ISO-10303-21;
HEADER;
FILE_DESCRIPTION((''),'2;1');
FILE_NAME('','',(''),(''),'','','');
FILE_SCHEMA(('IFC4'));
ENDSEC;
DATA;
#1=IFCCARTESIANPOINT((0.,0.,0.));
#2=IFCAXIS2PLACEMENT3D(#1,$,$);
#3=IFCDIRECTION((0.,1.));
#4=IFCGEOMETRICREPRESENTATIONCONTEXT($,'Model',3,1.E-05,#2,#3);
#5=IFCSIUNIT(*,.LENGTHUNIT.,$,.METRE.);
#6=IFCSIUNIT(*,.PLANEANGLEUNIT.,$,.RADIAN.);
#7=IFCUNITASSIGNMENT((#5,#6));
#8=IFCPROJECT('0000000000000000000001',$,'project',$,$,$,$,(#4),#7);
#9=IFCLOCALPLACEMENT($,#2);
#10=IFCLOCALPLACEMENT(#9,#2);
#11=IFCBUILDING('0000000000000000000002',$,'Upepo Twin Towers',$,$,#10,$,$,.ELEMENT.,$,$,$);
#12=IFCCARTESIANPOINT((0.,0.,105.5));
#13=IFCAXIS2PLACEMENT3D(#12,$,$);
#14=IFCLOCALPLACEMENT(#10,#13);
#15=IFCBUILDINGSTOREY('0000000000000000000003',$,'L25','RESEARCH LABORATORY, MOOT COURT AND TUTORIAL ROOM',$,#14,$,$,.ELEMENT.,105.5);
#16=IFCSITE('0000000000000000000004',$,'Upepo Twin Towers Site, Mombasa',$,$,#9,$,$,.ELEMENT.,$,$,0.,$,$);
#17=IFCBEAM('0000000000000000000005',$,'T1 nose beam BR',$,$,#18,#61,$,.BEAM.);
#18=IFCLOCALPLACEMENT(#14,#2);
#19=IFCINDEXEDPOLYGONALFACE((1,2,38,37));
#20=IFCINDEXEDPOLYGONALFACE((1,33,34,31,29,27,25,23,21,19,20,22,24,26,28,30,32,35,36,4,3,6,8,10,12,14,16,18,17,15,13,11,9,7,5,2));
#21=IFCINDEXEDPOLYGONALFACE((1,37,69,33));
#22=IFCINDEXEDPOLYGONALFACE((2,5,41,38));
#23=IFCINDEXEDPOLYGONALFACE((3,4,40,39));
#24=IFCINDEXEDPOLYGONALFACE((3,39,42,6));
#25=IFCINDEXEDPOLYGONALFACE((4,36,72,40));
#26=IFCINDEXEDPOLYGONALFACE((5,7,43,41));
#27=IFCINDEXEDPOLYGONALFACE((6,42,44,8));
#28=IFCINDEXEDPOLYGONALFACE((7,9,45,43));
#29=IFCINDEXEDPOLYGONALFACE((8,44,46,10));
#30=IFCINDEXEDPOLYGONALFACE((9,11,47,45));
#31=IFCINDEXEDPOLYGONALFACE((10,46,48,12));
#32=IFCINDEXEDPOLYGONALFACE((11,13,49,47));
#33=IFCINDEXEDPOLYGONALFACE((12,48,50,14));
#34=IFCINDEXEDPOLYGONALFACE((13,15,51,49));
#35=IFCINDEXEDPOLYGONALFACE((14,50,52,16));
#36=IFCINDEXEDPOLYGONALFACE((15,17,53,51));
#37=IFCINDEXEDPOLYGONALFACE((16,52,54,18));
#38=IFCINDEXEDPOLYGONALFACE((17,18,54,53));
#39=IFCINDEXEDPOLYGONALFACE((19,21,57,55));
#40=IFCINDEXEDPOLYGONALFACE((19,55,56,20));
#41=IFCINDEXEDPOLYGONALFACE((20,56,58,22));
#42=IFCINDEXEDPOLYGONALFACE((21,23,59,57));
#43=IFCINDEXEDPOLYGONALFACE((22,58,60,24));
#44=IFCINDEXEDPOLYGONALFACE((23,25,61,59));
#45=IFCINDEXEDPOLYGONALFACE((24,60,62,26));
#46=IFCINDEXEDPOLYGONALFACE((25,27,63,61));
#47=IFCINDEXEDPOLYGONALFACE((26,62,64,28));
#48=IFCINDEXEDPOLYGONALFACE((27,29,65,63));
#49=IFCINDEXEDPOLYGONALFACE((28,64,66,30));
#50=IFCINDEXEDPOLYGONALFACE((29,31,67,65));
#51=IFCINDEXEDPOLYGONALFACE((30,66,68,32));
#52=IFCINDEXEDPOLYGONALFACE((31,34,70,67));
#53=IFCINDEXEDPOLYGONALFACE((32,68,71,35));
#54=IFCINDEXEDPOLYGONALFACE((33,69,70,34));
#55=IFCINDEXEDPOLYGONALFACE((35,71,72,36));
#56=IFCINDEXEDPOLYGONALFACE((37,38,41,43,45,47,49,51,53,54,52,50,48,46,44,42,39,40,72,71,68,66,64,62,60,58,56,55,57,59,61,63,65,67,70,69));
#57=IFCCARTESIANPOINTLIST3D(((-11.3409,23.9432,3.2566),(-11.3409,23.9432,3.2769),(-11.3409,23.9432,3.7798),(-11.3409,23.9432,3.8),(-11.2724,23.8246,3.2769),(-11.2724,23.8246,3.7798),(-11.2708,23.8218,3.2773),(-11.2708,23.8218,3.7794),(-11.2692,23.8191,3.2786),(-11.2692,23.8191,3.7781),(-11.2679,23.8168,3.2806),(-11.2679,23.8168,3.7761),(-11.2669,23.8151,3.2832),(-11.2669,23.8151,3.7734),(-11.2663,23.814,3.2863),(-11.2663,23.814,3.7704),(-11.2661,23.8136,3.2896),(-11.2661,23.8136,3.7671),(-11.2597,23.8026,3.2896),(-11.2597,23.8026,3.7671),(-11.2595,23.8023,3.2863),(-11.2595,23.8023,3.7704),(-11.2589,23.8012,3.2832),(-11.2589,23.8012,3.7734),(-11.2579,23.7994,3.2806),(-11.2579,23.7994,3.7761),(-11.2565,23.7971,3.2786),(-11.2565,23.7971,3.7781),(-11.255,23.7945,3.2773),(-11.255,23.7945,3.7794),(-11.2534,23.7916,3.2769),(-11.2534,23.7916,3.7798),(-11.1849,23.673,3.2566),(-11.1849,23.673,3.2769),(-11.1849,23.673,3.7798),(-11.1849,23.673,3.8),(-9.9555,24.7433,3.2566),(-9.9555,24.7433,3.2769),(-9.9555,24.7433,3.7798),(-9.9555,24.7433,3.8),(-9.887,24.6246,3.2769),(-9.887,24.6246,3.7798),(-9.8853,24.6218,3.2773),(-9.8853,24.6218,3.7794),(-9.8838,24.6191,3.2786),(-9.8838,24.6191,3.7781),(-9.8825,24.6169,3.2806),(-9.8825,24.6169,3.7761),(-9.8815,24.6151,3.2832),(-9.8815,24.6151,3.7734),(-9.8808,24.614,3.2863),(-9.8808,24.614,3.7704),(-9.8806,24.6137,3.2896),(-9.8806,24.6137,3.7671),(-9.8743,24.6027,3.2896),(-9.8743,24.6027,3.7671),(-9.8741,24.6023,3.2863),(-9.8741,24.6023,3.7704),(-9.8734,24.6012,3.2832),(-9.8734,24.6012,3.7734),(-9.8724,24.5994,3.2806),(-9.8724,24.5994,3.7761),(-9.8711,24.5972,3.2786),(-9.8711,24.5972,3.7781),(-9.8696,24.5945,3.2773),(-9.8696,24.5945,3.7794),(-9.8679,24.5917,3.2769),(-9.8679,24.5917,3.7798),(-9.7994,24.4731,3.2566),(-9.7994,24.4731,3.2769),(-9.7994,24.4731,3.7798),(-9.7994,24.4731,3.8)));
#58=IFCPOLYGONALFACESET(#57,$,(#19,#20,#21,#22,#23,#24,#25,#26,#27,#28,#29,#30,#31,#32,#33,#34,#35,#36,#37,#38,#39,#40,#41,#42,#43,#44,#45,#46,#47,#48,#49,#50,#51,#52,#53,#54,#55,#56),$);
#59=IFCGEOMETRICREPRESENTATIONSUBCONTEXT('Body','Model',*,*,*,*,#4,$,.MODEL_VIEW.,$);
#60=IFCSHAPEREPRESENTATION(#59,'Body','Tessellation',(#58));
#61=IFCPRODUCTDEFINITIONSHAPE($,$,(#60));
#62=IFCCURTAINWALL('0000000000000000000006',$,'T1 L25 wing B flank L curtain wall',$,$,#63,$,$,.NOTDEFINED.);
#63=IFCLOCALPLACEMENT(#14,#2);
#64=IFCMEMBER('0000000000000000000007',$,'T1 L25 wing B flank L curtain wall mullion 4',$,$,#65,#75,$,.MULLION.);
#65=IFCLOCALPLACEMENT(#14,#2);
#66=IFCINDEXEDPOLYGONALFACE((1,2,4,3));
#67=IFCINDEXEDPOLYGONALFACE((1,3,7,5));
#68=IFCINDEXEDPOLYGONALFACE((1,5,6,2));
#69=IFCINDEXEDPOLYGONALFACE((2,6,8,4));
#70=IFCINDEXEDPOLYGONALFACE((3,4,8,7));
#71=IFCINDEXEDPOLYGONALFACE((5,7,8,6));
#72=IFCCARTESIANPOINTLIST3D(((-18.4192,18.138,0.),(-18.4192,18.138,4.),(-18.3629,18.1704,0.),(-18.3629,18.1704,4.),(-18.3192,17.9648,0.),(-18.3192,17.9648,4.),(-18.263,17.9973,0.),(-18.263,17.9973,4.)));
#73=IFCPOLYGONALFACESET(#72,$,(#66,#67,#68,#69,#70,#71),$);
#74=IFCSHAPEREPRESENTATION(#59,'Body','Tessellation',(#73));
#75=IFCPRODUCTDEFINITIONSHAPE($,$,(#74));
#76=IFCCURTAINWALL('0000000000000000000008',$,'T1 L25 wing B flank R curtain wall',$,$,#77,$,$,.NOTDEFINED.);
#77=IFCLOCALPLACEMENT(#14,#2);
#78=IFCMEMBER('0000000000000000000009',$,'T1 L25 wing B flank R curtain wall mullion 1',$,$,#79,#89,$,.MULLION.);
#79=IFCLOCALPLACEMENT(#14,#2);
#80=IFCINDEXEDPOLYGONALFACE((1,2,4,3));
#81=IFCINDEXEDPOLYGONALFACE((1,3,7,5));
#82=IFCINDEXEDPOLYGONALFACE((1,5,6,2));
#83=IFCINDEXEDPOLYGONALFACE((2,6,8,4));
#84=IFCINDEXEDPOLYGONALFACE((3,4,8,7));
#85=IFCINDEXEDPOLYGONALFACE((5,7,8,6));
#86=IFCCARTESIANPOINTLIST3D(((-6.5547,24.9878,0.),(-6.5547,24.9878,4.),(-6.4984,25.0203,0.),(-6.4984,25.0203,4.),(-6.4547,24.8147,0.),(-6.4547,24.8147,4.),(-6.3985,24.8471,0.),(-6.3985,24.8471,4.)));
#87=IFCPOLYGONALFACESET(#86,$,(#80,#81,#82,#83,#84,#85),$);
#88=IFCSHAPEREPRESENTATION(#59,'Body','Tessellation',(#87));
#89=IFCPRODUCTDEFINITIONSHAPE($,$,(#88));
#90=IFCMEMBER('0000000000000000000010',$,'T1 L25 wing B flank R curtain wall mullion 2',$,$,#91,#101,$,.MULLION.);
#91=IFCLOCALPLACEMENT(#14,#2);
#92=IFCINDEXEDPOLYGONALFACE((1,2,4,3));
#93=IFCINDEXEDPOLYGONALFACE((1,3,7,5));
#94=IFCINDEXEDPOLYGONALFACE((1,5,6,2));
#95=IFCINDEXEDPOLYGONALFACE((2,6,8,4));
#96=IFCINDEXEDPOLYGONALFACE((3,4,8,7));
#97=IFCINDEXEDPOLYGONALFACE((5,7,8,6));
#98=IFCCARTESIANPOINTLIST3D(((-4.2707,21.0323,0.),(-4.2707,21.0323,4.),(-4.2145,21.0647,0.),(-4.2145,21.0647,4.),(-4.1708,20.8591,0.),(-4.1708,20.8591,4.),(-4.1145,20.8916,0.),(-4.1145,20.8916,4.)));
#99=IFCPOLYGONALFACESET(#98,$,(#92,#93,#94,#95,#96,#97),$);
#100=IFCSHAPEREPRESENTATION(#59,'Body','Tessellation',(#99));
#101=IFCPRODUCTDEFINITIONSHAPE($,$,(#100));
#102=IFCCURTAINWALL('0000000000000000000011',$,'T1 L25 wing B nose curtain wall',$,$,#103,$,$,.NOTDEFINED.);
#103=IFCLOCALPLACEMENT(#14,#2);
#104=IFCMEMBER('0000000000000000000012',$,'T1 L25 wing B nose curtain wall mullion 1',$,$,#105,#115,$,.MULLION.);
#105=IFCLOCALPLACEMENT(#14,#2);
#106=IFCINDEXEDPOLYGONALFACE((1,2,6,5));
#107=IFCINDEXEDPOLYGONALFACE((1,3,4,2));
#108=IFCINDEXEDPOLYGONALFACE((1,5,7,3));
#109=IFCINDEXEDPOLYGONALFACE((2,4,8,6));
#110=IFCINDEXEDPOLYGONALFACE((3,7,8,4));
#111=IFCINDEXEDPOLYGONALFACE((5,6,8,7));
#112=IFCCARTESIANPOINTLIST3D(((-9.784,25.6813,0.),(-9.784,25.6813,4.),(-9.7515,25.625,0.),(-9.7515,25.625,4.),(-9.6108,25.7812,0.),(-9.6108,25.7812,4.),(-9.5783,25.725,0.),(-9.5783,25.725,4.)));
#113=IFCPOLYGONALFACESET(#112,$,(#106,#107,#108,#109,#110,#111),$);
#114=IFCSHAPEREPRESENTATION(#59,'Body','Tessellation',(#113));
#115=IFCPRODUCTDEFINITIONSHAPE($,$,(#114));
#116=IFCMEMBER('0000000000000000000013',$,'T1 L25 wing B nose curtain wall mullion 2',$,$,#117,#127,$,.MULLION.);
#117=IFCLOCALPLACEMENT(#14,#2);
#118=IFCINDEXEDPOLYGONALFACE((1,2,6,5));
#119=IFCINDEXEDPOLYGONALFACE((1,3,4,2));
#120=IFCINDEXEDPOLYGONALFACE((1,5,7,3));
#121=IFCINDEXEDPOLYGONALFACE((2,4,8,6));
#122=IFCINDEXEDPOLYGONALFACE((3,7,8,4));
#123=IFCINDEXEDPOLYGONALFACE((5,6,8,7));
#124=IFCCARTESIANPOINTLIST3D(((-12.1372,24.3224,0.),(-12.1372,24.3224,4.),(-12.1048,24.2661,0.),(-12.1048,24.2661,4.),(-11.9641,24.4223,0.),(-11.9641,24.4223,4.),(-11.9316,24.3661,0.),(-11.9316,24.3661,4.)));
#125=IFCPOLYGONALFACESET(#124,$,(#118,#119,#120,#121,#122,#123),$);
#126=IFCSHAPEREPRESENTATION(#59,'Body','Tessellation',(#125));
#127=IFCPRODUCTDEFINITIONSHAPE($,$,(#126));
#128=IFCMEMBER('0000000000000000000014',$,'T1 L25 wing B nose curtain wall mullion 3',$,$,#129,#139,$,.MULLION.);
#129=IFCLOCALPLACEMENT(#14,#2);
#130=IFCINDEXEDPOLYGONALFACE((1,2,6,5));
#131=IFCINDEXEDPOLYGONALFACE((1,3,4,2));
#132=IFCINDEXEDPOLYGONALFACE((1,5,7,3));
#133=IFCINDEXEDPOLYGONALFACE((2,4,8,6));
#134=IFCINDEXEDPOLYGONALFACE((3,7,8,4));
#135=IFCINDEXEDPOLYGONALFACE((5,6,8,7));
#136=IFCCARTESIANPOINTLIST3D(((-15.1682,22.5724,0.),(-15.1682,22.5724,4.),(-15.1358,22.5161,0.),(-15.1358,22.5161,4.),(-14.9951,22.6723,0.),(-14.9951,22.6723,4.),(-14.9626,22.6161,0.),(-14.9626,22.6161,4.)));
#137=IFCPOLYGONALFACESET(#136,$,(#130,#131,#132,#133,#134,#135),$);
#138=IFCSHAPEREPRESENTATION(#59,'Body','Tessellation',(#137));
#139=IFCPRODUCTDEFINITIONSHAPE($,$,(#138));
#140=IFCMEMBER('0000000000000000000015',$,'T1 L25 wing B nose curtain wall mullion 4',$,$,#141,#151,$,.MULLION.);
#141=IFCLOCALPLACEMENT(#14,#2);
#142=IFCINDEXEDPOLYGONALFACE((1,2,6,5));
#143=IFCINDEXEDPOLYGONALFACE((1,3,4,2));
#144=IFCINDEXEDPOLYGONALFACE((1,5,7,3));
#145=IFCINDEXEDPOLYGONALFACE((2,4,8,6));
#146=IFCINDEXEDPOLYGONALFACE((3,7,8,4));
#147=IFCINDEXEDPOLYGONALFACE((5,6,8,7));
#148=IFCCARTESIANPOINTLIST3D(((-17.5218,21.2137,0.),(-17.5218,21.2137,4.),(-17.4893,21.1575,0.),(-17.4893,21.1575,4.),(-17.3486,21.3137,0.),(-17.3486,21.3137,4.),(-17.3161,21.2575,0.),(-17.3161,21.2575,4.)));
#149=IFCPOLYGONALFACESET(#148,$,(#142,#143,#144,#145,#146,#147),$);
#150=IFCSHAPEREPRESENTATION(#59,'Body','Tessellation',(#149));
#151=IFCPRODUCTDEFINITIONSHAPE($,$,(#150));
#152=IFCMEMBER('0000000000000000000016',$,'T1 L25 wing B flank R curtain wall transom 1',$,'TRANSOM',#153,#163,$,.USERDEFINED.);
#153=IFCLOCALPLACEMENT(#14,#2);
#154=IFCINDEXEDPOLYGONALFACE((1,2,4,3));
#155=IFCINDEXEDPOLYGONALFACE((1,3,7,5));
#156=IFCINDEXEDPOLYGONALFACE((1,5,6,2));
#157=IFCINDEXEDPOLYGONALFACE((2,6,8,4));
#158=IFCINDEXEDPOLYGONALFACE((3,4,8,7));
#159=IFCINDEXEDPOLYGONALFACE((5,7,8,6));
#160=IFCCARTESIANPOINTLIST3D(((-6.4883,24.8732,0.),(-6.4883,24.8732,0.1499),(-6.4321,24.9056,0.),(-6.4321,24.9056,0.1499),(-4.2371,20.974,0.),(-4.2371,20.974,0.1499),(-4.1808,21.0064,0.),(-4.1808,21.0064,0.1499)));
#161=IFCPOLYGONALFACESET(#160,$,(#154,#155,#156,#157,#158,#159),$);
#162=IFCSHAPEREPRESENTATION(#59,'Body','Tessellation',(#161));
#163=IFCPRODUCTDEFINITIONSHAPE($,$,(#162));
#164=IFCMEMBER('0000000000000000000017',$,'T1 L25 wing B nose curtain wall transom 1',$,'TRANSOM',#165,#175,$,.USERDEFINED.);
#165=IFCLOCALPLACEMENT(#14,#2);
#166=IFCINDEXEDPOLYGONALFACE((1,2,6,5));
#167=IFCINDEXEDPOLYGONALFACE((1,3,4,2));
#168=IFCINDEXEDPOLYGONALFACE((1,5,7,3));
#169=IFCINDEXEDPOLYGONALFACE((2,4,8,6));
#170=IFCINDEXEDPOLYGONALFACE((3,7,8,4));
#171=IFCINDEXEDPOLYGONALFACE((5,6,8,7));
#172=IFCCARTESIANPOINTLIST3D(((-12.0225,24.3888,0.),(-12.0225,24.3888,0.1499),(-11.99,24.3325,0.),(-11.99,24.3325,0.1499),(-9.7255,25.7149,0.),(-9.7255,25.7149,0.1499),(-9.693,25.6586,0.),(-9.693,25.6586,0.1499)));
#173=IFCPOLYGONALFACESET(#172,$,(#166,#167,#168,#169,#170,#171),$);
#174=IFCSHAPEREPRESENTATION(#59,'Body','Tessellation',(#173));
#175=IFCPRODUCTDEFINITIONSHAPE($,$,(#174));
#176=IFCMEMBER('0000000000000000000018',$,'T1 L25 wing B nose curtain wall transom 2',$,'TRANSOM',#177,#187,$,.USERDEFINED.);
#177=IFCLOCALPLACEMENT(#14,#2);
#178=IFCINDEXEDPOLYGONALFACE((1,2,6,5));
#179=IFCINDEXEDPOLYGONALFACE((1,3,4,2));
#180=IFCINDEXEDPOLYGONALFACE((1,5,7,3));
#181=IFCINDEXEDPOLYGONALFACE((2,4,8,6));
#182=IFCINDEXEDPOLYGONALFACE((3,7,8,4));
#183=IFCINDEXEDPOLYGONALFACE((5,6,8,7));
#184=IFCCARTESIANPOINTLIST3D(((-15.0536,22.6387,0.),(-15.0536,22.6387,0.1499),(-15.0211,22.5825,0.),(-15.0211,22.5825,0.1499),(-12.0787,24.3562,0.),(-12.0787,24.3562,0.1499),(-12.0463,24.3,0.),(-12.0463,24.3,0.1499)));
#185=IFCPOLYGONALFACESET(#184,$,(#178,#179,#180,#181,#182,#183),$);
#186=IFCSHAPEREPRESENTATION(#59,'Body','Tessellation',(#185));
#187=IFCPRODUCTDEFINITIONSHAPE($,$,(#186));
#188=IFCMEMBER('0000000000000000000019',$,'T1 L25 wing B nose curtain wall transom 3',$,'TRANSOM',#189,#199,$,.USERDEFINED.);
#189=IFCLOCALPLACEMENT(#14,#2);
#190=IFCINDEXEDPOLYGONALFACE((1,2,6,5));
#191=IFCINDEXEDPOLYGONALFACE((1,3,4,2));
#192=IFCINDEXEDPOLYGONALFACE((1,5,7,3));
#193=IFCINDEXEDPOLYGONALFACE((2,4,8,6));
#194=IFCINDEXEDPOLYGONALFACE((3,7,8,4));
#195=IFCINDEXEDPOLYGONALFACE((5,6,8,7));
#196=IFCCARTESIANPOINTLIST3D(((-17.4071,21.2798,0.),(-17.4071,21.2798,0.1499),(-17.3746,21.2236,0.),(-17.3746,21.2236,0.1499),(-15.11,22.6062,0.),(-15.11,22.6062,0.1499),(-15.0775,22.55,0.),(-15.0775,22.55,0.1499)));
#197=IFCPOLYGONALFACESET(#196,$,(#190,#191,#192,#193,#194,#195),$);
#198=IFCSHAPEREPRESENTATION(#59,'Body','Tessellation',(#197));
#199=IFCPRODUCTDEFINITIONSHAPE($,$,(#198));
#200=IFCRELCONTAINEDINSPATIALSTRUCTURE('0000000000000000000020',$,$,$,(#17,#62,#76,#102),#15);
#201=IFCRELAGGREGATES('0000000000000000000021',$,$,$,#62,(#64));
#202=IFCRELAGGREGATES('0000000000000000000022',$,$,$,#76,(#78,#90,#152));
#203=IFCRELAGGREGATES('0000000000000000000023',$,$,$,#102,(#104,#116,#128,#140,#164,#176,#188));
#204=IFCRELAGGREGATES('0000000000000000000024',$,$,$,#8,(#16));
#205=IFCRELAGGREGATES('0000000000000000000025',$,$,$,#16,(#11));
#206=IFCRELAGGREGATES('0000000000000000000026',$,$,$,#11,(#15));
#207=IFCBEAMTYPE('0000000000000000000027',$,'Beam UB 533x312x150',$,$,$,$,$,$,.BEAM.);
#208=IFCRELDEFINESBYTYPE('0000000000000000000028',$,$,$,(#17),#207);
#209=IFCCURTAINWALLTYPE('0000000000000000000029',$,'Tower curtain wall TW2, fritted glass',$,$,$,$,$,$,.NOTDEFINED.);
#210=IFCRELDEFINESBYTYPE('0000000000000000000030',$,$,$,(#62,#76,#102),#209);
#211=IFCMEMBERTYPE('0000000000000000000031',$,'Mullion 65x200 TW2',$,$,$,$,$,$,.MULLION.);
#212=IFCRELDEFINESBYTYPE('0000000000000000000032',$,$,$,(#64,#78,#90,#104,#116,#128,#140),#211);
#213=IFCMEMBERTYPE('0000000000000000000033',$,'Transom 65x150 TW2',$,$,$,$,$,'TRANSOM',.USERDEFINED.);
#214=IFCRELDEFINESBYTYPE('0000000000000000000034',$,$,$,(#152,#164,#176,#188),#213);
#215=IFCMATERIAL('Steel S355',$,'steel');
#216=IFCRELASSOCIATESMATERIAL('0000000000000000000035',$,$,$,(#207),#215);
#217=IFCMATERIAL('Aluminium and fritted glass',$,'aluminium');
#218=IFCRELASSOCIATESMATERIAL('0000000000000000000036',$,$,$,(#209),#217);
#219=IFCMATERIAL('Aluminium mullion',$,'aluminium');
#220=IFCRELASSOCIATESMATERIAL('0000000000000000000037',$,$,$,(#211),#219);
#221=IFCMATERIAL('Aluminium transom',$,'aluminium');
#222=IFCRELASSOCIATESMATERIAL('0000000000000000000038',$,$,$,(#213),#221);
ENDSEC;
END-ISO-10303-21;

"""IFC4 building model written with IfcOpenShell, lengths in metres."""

from ifc_helpers import new_model, si_unit, direction, frame, origin, origin_2d, place, context, subcontext, project, spatial, rectangle, i_section, extrude, material, material_profile, profile_set, type_object, element, aggregate, save


model = new_model("IFC4")

# Units and contexts
model_context = context("Model", 3, precision=1e-05, world=origin(), true_north=direction((0.0, 1.0)))
body_context = subcontext(model_context, "Body", "Model", "MODEL_VIEW")
ifc_project = project(units=[si_unit("LENGTHUNIT", "METRE"), si_unit("PLANEANGLEUNIT", "RADIAN")], contexts=[model_context])

# Site, building, storey
site_placement = place(None, origin())
site = spatial("IfcSite", under=ifc_project, at=site_placement, Name="Upepo Twin Towers Site, Mombasa", CompositionType="ELEMENT", RefElevation=0.0)
building_placement = place(site_placement, origin())
building = spatial("IfcBuilding", under=site, at=building_placement, Name="Upepo Twin Towers", CompositionType="ELEMENT")
storey_placement = place(building_placement, frame((0.0, 0.0, 105.5)))
storey = spatial("IfcBuildingStorey", under=building, at=storey_placement, Name="L25", Description="RESEARCH LABORATORY, MOOT COURT AND TUTORIAL ROOM", CompositionType="ELEMENT", Elevation=105.5)

# Beam
ifc_material_1 = material(Name="Steel S355", Category="steel")
ifc_material_profile_1 = material_profile(ifc_material_1, i_section(OverallWidth=0.312, OverallDepth=0.5435, WebThickness=0.0127, FlangeThickness=0.0203, FilletRadius=0.0127, at=origin_2d()), Name="UB 533x312x150")
ifc_profile_set_1 = profile_set([ifc_material_profile_1], Name="Steel S355")
beam_type_1 = type_object("IfcBeamType", Name="Beam UB 533x312x150", PredefinedType="BEAM", material=ifc_profile_set_1)
for number, where, z_axis, x_axis, name in (
    (1, (-9.8774, 24.6082, 3.5283), (-0.86599, -0.500061, 0.0), (0.500061, -0.86599, 0.0), "T1 nose beam BR"),
):
    element("IfcBeam", number, at=place(storey_placement, frame(where, z_axis=z_axis, x_axis=x_axis)), inside=storey, type_object=beam_type_1, Name=name, PredefinedType="BEAM", context=body_context, shape_type="SweptSolid", body=[
        extrude(i_section(OverallWidth=0.312, OverallDepth=0.5435, WebThickness=0.0127, FlangeThickness=0.0203, FilletRadius=0.0127, at=origin_2d()), origin(), (0.0, 0.0, 1.0), 1.5999),
    ])

# Curtain wall, member
ifc_material_2 = material(Name="Aluminium and fritted glass", Category="aluminium")
curtain_wall_type = type_object("IfcCurtainWallType", Name="Tower curtain wall TW2, fritted glass", PredefinedType="NOTDEFINED", material=ifc_material_2)
curtain_wall_1_placement = place(storey_placement, origin())
curtain_wall_1 = element("IfcCurtainWall", 2, at=curtain_wall_1_placement, inside=storey, type_object=curtain_wall_type, Name="T1 L25 wing B flank L curtain wall", PredefinedType="NOTDEFINED")
ifc_material_3 = material(Name="Aluminium mullion", Category="aluminium")
ifc_material_profile_2 = material_profile(ifc_material_3, rectangle(XDim=0.0649, YDim=0.2, at=origin_2d()), Name="MULLION 65x200")
ifc_profile_set_2 = profile_set([ifc_material_profile_2], Name="Aluminium mullion")
member_type_1 = type_object("IfcMemberType", Name="Mullion 65x200 TW2", PredefinedType="MULLION", material=ifc_profile_set_2)
member_1_placement = place(storey_placement, frame((-18.3411, 18.0676, 0.0), z_axis=(0.0, 0.0, 1.0), x_axis=(-0.866025, -0.5, 0.0)))
member_1 = element("IfcMember", 3, at=member_1_placement, type_object=member_type_1, Name="T1 L25 wing B flank L curtain wall mullion 4", PredefinedType="MULLION", context=body_context, shape_type="SweptSolid", body=[
    extrude(rectangle(XDim=0.0649, YDim=0.2, at=origin_2d()), origin(), (0.0, 0.0, 1.0), 4.0),
])
aggregate(curtain_wall_1, [member_1])

# Curtain walls, members
curtain_wall_2_placement = place(storey_placement, origin())
curtain_wall_2 = element("IfcCurtainWall", 4, at=curtain_wall_2_placement, inside=storey, type_object=curtain_wall_type, Name="T1 L25 wing B flank R curtain wall", PredefinedType="NOTDEFINED")
member_2_placement = place(storey_placement, frame((-6.4766, 24.9175, 0.0), z_axis=(0.0, 0.0, 1.0), x_axis=(0.866025, 0.5, 0.0)))
member_2 = element("IfcMember", 5, at=member_2_placement, type_object=member_type_1, Name="T1 L25 wing B flank R curtain wall mullion 1", PredefinedType="MULLION", context=body_context, shape_type="SweptSolid", body=[
    extrude(rectangle(XDim=0.0649, YDim=0.2, at=origin_2d()), origin(), (0.0, 0.0, 1.0), 4.0),
])
member_3_placement = place(storey_placement, frame((-4.1926, 20.9619, 0.0), z_axis=(0.0, 0.0, 1.0), x_axis=(0.866025, 0.5, 0.0)))
member_3 = element("IfcMember", 6, at=member_3_placement, type_object=member_type_1, Name="T1 L25 wing B flank R curtain wall mullion 2", PredefinedType="MULLION", context=body_context, shape_type="SweptSolid", body=[
    extrude(rectangle(XDim=0.0649, YDim=0.2, at=origin_2d()), origin(), (0.0, 0.0, 1.0), 4.0),
])
curtain_wall_3_placement = place(storey_placement, origin())
curtain_wall_3 = element("IfcCurtainWall", 7, at=curtain_wall_3_placement, inside=storey, type_object=curtain_wall_type, Name="T1 L25 wing B nose curtain wall", PredefinedType="NOTDEFINED")
member_4_placement = place(storey_placement, frame((-9.6812, 25.7031, 0.0), z_axis=(0.0, 0.0, 1.0), x_axis=(0.5, -0.866025, 0.0)))
member_4 = element("IfcMember", 8, at=member_4_placement, type_object=member_type_1, Name="T1 L25 wing B nose curtain wall mullion 1", PredefinedType="MULLION", context=body_context, shape_type="SweptSolid", body=[
    extrude(rectangle(XDim=0.0649, YDim=0.2, at=origin_2d()), origin(), (0.0, 0.0, 1.0), 4.0),
])
member_5_placement = place(storey_placement, frame((-12.0344, 24.3442, 0.0), z_axis=(0.0, 0.0, 1.0), x_axis=(0.5, -0.866025, 0.0)))
member_5 = element("IfcMember", 9, at=member_5_placement, type_object=member_type_1, Name="T1 L25 wing B nose curtain wall mullion 2", PredefinedType="MULLION", context=body_context, shape_type="SweptSolid", body=[
    extrude(rectangle(XDim=0.0649, YDim=0.2, at=origin_2d()), origin(), (0.0, 0.0, 1.0), 4.0),
])
member_6_placement = place(storey_placement, frame((-15.0654, 22.5942, 0.0), z_axis=(0.0, 0.0, 1.0), x_axis=(0.5, -0.866025, 0.0)))
member_6 = element("IfcMember", 10, at=member_6_placement, type_object=member_type_1, Name="T1 L25 wing B nose curtain wall mullion 3", PredefinedType="MULLION", context=body_context, shape_type="SweptSolid", body=[
    extrude(rectangle(XDim=0.0649, YDim=0.2, at=origin_2d()), origin(), (0.0, 0.0, 1.0), 4.0),
])
member_7_placement = place(storey_placement, frame((-17.4189, 21.2356, 0.0), z_axis=(0.0, 0.0, 1.0), x_axis=(0.5, -0.866025, 0.0)))
member_7 = element("IfcMember", 11, at=member_7_placement, type_object=member_type_1, Name="T1 L25 wing B nose curtain wall mullion 4", PredefinedType="MULLION", context=body_context, shape_type="SweptSolid", body=[
    extrude(rectangle(XDim=0.0649, YDim=0.2, at=origin_2d()), origin(), (0.0, 0.0, 1.0), 4.0),
])

# Members
ifc_material_4 = material(Name="Aluminium transom", Category="aluminium")
ifc_material_profile_3 = material_profile(ifc_material_4, rectangle(XDim=0.0649, YDim=0.1499, at=origin_2d()), Name="TRANSOM 65x150")
ifc_profile_set_3 = profile_set([ifc_material_profile_3], Name="Aluminium transom")
member_type_2 = type_object("IfcMemberType", Name="Transom 65x150 TW2", ElementType="TRANSOM", PredefinedType="USERDEFINED", material=ifc_profile_set_3)
member_8_placement = place(storey_placement, frame((-6.4602, 24.8894, 0.075), z_axis=(0.500006, -0.866022, 0.0), x_axis=(0.866022, 0.500006, 0.0)))
member_8 = element("IfcMember", 12, at=member_8_placement, type_object=member_type_2, Name="T1 L25 wing B flank R curtain wall transom 1", ObjectType="TRANSOM", PredefinedType="USERDEFINED", context=body_context, shape_type="SweptSolid", body=[
    extrude(rectangle(XDim=0.0649, YDim=0.1499, at=origin_2d()), origin(), (0.0, 0.0, 1.0), 4.5024),
])
member_9_placement = place(storey_placement, frame((-9.7092, 25.6868, 0.075), z_axis=(-0.866037, -0.49998, 0.0), x_axis=(0.49998, -0.866037, 0.0)))
member_9 = element("IfcMember", 13, at=member_9_placement, type_object=member_type_2, Name="T1 L25 wing B nose curtain wall transom 1", ObjectType="TRANSOM", PredefinedType="USERDEFINED", context=body_context, shape_type="SweptSolid", body=[
    extrude(rectangle(XDim=0.0649, YDim=0.1499, at=origin_2d()), origin(), (0.0, 0.0, 1.0), 2.6523),
])
member_10_placement = place(storey_placement, frame((-12.0625, 24.3281, 0.075), z_axis=(-0.866026, -0.499999, 0.0), x_axis=(0.499999, -0.866026, 0.0)))
member_10 = element("IfcMember", 14, at=member_10_placement, type_object=member_type_2, Name="T1 L25 wing B nose curtain wall transom 2", ObjectType="TRANSOM", PredefinedType="USERDEFINED", context=body_context, shape_type="SweptSolid", body=[
    extrude(rectangle(XDim=0.0649, YDim=0.1499, at=origin_2d()), origin(), (0.0, 0.0, 1.0), 3.4351),
])
member_11_placement = place(storey_placement, frame((-15.0938, 22.5781, 0.075), z_axis=(-0.865997, -0.500049, 0.0), x_axis=(0.500049, -0.865997, 0.0)))
member_11 = element("IfcMember", 15, at=member_11_placement, type_object=member_type_2, Name="T1 L25 wing B nose curtain wall transom 3", ObjectType="TRANSOM", PredefinedType="USERDEFINED", context=body_context, shape_type="SweptSolid", body=[
    extrude(rectangle(XDim=0.0649, YDim=0.1499, at=origin_2d()), origin(), (0.0, 0.0, 1.0), 2.6526),
])

aggregate(curtain_wall_2, [member_2, member_3, member_8])
aggregate(curtain_wall_3, [member_4, member_5, member_6, member_7, member_9, member_10, member_11])

save(model, "model.ifc")
